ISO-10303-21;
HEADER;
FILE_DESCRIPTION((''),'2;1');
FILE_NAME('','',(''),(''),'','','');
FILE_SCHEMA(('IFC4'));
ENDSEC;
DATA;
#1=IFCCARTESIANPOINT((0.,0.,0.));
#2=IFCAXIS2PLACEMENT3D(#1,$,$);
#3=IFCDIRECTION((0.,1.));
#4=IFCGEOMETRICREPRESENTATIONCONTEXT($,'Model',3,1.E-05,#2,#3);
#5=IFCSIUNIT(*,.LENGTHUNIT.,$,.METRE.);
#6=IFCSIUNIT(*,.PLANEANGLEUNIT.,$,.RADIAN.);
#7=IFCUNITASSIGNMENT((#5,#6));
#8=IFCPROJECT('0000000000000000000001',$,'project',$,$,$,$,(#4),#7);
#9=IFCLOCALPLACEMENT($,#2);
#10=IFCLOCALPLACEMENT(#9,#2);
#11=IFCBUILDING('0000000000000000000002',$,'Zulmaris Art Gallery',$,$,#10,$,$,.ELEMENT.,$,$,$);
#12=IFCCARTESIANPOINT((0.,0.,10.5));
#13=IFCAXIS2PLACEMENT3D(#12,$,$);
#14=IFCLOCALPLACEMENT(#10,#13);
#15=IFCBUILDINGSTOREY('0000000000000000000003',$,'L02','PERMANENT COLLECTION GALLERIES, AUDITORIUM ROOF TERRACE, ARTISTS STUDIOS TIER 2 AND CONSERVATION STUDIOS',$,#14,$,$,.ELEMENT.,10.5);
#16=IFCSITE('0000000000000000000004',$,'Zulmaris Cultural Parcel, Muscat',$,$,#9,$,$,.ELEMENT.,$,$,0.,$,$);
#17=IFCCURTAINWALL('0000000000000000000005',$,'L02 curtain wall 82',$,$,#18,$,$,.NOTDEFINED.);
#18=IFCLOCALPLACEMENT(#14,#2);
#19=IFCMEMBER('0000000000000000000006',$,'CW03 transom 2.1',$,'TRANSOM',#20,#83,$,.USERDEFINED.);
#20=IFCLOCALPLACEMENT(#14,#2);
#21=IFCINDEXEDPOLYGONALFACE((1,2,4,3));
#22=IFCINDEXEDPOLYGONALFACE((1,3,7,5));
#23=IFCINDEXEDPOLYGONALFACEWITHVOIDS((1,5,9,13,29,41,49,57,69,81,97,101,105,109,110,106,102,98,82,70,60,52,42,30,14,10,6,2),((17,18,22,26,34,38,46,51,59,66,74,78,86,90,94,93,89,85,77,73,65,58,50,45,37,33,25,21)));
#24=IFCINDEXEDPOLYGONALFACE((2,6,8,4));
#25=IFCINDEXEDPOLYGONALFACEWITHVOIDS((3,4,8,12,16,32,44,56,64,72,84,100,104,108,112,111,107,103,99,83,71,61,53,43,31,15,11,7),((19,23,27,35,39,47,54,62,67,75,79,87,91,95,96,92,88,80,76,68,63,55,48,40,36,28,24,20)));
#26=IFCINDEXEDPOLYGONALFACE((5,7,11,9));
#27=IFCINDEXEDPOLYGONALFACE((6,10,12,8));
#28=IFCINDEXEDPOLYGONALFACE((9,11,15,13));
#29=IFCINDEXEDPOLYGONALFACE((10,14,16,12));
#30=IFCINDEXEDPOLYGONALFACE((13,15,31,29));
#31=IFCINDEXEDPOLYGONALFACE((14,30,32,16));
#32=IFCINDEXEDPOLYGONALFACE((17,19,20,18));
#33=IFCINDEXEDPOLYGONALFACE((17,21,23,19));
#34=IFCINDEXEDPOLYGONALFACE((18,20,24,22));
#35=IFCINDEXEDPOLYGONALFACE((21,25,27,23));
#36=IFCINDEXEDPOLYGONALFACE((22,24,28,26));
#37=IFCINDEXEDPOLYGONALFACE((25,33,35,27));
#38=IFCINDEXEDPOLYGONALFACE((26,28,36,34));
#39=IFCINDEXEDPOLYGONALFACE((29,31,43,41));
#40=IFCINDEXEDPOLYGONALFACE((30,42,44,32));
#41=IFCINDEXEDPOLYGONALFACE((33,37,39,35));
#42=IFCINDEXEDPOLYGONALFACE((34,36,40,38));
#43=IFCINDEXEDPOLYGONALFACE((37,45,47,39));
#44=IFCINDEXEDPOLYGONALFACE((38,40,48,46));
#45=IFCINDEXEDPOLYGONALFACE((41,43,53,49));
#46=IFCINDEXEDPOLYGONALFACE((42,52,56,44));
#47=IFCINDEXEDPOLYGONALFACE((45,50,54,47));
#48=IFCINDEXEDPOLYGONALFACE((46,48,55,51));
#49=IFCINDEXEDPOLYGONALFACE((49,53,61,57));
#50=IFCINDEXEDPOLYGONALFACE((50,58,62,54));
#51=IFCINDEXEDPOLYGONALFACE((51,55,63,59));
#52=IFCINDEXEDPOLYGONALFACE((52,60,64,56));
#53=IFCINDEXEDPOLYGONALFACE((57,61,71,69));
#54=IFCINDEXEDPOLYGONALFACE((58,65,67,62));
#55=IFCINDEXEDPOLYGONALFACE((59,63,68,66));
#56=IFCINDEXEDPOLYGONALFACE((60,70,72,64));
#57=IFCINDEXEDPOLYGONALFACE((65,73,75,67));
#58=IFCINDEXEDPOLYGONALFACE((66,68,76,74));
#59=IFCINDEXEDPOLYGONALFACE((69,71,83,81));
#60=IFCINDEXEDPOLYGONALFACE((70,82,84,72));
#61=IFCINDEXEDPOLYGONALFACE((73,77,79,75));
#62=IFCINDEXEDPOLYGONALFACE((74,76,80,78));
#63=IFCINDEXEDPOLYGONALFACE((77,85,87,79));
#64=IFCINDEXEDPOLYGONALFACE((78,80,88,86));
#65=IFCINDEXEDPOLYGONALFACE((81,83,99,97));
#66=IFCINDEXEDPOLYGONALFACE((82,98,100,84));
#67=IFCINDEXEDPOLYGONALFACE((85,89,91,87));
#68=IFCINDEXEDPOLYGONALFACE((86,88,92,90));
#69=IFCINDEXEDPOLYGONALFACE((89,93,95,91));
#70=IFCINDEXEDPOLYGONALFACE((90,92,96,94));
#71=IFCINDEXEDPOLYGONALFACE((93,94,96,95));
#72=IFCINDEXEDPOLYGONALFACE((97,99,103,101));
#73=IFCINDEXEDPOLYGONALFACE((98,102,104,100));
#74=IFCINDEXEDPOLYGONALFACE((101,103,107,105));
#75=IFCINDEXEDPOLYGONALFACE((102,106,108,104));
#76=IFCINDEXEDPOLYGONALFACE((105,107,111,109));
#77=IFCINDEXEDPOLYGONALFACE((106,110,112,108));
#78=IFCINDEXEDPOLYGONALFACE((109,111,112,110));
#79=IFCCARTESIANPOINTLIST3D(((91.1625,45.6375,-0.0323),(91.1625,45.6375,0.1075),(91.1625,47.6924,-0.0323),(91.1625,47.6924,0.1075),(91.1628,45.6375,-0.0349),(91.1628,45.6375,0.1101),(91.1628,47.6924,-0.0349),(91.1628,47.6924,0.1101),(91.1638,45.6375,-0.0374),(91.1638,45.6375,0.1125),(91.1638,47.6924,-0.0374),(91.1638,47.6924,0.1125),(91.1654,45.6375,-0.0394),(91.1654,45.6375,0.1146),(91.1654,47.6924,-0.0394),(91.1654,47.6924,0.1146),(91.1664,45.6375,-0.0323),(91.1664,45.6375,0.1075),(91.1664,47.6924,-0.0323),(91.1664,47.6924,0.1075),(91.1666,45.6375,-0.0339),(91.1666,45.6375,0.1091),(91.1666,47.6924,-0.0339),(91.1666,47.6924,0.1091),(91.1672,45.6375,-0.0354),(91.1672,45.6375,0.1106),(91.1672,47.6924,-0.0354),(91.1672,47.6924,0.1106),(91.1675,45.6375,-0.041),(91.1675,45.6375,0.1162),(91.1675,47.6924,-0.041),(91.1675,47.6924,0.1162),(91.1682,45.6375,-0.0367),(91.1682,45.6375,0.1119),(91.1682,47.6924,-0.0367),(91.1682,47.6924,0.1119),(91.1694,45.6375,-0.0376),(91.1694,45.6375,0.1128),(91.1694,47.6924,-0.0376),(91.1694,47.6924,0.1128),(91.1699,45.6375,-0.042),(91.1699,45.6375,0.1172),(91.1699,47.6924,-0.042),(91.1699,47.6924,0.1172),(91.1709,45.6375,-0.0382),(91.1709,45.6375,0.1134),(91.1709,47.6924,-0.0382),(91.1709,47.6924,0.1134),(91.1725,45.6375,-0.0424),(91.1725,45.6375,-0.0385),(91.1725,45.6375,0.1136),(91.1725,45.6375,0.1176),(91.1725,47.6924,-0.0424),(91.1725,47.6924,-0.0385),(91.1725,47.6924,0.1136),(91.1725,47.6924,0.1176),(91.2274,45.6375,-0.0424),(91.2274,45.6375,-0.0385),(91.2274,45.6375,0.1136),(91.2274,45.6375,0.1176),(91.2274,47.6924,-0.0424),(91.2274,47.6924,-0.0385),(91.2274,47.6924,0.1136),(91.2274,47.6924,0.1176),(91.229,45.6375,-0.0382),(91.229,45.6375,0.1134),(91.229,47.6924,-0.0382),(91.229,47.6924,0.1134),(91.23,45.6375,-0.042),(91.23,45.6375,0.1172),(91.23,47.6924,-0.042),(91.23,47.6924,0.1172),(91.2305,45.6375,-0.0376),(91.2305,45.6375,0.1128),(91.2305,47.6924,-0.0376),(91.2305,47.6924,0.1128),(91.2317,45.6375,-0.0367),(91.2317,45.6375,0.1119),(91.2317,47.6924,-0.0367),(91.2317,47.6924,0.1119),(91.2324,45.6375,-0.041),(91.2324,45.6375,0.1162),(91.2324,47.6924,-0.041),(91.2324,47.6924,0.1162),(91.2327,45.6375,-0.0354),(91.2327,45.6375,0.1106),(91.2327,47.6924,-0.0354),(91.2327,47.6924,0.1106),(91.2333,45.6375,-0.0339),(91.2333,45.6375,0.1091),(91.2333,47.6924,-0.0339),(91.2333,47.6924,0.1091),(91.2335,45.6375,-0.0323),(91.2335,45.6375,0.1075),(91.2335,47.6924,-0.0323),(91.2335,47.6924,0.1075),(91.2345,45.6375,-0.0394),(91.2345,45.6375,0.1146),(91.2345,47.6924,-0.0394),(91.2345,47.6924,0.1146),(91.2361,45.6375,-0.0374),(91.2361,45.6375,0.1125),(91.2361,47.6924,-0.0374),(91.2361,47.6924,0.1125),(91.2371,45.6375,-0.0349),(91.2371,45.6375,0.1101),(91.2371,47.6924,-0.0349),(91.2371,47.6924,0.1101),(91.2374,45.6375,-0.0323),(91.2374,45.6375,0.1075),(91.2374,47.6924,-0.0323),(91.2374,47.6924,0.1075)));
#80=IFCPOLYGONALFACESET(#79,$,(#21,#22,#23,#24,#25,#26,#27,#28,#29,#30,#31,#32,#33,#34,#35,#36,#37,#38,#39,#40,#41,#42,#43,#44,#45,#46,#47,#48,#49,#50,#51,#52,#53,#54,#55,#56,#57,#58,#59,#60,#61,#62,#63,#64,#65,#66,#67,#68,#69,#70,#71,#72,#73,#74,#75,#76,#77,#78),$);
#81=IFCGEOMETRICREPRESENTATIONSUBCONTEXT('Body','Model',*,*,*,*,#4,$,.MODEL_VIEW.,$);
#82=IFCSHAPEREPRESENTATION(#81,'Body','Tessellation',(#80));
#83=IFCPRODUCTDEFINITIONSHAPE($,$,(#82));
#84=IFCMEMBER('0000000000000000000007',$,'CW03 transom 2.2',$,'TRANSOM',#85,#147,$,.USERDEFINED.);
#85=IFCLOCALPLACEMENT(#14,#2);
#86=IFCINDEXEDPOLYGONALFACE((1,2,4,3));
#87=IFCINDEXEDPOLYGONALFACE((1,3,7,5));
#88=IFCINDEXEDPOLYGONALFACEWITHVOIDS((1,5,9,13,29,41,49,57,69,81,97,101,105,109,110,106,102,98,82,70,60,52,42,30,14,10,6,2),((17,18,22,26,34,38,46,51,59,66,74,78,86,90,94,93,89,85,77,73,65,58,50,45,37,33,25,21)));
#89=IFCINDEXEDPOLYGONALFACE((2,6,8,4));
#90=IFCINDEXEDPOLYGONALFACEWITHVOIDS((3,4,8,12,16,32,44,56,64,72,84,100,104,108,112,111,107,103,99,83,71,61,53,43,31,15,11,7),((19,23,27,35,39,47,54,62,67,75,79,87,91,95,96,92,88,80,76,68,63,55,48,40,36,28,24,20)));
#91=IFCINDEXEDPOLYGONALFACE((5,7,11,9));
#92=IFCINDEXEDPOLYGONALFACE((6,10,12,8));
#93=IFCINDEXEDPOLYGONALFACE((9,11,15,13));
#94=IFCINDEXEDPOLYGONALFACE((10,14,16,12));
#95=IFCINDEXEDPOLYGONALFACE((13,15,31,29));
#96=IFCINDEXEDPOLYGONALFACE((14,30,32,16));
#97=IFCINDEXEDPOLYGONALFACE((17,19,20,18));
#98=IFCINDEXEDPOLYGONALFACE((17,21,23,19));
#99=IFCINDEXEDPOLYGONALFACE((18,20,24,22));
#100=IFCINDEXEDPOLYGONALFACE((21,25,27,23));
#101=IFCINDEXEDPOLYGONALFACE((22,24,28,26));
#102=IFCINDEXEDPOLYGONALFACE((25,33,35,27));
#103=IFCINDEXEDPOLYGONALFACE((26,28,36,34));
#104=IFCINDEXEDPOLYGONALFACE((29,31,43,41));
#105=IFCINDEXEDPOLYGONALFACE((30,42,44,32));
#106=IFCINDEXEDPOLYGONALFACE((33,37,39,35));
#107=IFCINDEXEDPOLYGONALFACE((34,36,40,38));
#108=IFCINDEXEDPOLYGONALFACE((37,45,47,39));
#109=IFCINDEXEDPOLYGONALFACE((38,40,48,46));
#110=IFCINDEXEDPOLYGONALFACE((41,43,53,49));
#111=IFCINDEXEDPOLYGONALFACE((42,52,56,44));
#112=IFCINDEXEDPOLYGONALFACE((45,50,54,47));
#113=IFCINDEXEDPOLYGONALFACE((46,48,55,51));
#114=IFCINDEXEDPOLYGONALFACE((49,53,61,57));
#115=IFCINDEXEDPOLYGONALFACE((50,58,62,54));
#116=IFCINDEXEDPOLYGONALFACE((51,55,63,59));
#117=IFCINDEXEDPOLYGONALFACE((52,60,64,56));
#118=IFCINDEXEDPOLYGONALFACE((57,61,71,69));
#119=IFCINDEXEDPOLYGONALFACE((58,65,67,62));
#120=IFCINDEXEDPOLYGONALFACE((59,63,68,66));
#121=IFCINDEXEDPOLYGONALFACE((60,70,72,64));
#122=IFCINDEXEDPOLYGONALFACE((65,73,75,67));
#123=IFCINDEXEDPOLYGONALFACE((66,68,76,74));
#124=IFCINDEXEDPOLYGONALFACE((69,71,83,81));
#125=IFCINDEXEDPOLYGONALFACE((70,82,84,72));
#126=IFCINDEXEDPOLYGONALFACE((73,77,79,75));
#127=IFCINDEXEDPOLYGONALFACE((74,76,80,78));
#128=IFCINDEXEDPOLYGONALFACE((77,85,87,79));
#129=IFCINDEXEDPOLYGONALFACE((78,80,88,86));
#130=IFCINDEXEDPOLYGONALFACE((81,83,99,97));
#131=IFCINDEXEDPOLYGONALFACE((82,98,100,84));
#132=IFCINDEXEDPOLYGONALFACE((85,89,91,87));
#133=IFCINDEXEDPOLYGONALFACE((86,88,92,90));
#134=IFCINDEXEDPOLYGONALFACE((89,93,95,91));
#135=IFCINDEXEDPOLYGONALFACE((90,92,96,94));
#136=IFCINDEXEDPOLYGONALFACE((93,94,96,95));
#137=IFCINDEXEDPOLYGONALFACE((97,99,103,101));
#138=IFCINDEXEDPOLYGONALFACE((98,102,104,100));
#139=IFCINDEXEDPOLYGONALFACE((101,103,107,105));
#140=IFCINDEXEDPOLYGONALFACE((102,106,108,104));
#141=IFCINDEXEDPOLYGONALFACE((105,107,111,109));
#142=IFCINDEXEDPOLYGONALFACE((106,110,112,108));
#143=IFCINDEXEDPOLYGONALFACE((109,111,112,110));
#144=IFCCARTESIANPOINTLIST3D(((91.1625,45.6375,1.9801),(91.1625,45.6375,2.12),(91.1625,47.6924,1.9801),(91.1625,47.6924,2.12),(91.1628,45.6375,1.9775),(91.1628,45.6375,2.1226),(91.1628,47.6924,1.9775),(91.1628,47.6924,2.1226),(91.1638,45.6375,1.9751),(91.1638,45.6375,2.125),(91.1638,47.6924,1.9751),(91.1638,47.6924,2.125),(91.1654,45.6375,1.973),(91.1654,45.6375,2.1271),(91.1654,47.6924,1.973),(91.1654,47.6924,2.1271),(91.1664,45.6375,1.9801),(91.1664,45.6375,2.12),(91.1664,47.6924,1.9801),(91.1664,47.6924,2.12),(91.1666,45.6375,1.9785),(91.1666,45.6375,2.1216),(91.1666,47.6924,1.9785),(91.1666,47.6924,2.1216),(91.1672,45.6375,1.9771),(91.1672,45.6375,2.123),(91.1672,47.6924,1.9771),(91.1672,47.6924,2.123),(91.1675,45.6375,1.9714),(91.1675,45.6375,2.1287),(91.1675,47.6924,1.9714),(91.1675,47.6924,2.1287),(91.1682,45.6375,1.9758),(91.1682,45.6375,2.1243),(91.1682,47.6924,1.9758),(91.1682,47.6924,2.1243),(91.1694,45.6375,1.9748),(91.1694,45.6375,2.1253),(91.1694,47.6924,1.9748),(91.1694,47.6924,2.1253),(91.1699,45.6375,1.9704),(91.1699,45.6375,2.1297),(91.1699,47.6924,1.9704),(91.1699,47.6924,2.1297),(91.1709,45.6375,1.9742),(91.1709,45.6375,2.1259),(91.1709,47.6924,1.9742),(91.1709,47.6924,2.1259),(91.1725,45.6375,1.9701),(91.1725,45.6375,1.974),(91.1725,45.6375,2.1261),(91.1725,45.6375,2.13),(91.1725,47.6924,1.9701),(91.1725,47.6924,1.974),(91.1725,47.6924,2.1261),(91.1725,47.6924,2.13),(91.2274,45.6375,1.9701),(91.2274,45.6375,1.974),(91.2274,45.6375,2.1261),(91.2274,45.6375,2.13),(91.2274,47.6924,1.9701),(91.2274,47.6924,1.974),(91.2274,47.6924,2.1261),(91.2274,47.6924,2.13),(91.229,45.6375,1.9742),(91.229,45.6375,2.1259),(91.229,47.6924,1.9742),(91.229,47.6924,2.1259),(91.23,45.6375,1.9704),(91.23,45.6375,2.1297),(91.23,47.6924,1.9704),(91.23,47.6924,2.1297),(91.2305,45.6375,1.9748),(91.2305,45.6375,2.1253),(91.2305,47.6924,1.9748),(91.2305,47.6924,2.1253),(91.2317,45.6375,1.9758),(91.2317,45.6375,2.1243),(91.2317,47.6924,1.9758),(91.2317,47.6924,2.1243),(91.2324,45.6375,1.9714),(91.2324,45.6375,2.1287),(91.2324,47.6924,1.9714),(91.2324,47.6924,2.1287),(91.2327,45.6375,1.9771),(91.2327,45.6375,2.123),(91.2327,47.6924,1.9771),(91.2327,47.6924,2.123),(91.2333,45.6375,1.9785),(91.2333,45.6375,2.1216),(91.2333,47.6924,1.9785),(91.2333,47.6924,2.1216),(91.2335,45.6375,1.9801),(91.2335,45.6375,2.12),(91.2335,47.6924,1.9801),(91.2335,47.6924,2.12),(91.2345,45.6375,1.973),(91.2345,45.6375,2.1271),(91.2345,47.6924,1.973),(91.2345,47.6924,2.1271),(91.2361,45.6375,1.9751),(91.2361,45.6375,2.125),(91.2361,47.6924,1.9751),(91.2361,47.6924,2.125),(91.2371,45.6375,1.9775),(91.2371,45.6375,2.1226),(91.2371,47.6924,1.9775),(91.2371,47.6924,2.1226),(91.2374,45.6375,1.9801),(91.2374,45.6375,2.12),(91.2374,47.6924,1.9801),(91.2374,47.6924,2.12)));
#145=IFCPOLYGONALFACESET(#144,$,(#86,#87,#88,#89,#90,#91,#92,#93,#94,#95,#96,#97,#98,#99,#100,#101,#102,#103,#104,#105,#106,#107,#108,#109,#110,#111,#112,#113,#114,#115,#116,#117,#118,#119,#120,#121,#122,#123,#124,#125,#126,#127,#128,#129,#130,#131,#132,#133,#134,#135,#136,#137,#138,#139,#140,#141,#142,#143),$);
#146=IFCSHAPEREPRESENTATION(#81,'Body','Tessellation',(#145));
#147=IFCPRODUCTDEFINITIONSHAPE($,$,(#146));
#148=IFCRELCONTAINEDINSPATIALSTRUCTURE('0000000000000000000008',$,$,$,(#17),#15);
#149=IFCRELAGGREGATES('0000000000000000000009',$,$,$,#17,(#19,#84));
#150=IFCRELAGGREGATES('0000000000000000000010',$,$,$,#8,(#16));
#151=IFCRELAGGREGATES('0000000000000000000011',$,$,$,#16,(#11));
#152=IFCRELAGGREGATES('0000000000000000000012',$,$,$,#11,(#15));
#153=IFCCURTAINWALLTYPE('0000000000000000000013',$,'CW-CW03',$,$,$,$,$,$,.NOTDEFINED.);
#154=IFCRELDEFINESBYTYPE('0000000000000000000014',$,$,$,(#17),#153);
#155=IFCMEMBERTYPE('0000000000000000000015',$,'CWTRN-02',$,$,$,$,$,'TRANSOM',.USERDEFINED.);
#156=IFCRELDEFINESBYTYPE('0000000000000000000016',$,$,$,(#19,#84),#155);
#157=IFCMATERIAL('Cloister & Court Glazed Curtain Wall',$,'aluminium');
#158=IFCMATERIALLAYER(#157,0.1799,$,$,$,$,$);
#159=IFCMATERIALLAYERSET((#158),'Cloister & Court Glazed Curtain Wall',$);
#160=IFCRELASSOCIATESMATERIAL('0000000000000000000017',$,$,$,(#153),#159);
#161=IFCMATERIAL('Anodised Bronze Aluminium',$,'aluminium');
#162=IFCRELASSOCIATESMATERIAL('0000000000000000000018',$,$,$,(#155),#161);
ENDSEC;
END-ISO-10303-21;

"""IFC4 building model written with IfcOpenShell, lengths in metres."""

from ifc_helpers import new_model, si_unit, direction, frame, origin, origin_2d, place, context, subcontext, project, spatial, hollow_rectangle, extrude, material, layer, layer_set, material_profile, profile_set, type_object, element, aggregate, save


model = new_model("IFC4")

# Units and contexts
model_context = context("Model", 3, precision=1e-05, world=origin(), true_north=direction((0.0, 1.0)))
body_context = subcontext(model_context, "Body", "Model", "MODEL_VIEW")
ifc_project = project(units=[si_unit("LENGTHUNIT", "METRE"), si_unit("PLANEANGLEUNIT", "RADIAN")], contexts=[model_context])

# Site, building, storey
site_placement = place(None, origin())
site = spatial("IfcSite", under=ifc_project, at=site_placement, Name="Zulmaris Cultural Parcel, Muscat", CompositionType="ELEMENT", RefElevation=0.0)
building_placement = place(site_placement, origin())
building = spatial("IfcBuilding", under=site, at=building_placement, Name="Zulmaris Art Gallery", CompositionType="ELEMENT")
storey_placement = place(building_placement, frame((0.0, 0.0, 10.5)))
storey = spatial("IfcBuildingStorey", under=building, at=storey_placement, Name="L02", Description="PERMANENT COLLECTION GALLERIES, AUDITORIUM ROOF TERRACE, ARTISTS STUDIOS TIER 2 AND CONSERVATION STUDIOS", CompositionType="ELEMENT", Elevation=10.5)

# Curtain wall
ifc_material_1 = material(Name="Cloister & Court Glazed Curtain Wall", Category="aluminium")
ifc_layer_1 = layer(ifc_material_1, 0.1799)
ifc_layer_set_1 = layer_set([ifc_layer_1], Name="Cloister & Court Glazed Curtain Wall")
curtain_wall_type = type_object("IfcCurtainWallType", Name="CW-CW03", PredefinedType="NOTDEFINED", material=ifc_layer_set_1)
ifc_material_2 = material(Name="Anodised Bronze Aluminium", Category="aluminium")
curtain_wall_1_placement = place(storey_placement, origin())
curtain_wall_1 = element("IfcCurtainWall", 1, at=curtain_wall_1_placement, inside=storey, type_object=curtain_wall_type, Name="L02 curtain wall 82", PredefinedType="NOTDEFINED")

# Members
ifc_material_profile_1 = material_profile(ifc_material_2, hollow_rectangle(XDim=0.075, YDim=0.1599, WallThickness=0.0039, InnerFilletRadius=0.0061, OuterFilletRadius=0.01, at=origin_2d()), Name="ALU 75x160x4")
ifc_profile_set_1 = profile_set([ifc_material_profile_1], Name="Anodised Bronze Aluminium")
member_type_1 = type_object("IfcMemberType", Name="CWTRN-02", ElementType="TRANSOM", PredefinedType="USERDEFINED", material=ifc_profile_set_1)
member_1_placement = place(storey_placement, frame((91.2, 47.6924, 0.0376), z_axis=(0.0, -1.0, 0.0), x_axis=(1.0, 0.0, 0.0)))
member_1 = element("IfcMember", 2, at=member_1_placement, type_object=member_type_1, Name="CW03 transom 2.1", ObjectType="TRANSOM", PredefinedType="USERDEFINED", context=body_context, shape_type="SweptSolid", body=[
    extrude(hollow_rectangle(XDim=0.075, YDim=0.1599, WallThickness=0.0039, InnerFilletRadius=0.0061, OuterFilletRadius=0.01, at=origin_2d()), origin(), (0.0, 0.0, 1.0), 2.0549),
])
member_2_placement = place(storey_placement, frame((91.2, 47.6924, 2.05), z_axis=(0.0, -1.0, 0.0), x_axis=(1.0, 0.0, 0.0)))
member_2 = element("IfcMember", 3, at=member_2_placement, type_object=member_type_1, Name="CW03 transom 2.2", ObjectType="TRANSOM", PredefinedType="USERDEFINED", context=body_context, shape_type="SweptSolid", body=[
    extrude(hollow_rectangle(XDim=0.075, YDim=0.1599, WallThickness=0.0039, InnerFilletRadius=0.0061, OuterFilletRadius=0.01, at=origin_2d()), origin(), (0.0, 0.0, 1.0), 2.0549),
])

aggregate(curtain_wall_1, [member_1, member_2])

save(model, "model.ifc")
